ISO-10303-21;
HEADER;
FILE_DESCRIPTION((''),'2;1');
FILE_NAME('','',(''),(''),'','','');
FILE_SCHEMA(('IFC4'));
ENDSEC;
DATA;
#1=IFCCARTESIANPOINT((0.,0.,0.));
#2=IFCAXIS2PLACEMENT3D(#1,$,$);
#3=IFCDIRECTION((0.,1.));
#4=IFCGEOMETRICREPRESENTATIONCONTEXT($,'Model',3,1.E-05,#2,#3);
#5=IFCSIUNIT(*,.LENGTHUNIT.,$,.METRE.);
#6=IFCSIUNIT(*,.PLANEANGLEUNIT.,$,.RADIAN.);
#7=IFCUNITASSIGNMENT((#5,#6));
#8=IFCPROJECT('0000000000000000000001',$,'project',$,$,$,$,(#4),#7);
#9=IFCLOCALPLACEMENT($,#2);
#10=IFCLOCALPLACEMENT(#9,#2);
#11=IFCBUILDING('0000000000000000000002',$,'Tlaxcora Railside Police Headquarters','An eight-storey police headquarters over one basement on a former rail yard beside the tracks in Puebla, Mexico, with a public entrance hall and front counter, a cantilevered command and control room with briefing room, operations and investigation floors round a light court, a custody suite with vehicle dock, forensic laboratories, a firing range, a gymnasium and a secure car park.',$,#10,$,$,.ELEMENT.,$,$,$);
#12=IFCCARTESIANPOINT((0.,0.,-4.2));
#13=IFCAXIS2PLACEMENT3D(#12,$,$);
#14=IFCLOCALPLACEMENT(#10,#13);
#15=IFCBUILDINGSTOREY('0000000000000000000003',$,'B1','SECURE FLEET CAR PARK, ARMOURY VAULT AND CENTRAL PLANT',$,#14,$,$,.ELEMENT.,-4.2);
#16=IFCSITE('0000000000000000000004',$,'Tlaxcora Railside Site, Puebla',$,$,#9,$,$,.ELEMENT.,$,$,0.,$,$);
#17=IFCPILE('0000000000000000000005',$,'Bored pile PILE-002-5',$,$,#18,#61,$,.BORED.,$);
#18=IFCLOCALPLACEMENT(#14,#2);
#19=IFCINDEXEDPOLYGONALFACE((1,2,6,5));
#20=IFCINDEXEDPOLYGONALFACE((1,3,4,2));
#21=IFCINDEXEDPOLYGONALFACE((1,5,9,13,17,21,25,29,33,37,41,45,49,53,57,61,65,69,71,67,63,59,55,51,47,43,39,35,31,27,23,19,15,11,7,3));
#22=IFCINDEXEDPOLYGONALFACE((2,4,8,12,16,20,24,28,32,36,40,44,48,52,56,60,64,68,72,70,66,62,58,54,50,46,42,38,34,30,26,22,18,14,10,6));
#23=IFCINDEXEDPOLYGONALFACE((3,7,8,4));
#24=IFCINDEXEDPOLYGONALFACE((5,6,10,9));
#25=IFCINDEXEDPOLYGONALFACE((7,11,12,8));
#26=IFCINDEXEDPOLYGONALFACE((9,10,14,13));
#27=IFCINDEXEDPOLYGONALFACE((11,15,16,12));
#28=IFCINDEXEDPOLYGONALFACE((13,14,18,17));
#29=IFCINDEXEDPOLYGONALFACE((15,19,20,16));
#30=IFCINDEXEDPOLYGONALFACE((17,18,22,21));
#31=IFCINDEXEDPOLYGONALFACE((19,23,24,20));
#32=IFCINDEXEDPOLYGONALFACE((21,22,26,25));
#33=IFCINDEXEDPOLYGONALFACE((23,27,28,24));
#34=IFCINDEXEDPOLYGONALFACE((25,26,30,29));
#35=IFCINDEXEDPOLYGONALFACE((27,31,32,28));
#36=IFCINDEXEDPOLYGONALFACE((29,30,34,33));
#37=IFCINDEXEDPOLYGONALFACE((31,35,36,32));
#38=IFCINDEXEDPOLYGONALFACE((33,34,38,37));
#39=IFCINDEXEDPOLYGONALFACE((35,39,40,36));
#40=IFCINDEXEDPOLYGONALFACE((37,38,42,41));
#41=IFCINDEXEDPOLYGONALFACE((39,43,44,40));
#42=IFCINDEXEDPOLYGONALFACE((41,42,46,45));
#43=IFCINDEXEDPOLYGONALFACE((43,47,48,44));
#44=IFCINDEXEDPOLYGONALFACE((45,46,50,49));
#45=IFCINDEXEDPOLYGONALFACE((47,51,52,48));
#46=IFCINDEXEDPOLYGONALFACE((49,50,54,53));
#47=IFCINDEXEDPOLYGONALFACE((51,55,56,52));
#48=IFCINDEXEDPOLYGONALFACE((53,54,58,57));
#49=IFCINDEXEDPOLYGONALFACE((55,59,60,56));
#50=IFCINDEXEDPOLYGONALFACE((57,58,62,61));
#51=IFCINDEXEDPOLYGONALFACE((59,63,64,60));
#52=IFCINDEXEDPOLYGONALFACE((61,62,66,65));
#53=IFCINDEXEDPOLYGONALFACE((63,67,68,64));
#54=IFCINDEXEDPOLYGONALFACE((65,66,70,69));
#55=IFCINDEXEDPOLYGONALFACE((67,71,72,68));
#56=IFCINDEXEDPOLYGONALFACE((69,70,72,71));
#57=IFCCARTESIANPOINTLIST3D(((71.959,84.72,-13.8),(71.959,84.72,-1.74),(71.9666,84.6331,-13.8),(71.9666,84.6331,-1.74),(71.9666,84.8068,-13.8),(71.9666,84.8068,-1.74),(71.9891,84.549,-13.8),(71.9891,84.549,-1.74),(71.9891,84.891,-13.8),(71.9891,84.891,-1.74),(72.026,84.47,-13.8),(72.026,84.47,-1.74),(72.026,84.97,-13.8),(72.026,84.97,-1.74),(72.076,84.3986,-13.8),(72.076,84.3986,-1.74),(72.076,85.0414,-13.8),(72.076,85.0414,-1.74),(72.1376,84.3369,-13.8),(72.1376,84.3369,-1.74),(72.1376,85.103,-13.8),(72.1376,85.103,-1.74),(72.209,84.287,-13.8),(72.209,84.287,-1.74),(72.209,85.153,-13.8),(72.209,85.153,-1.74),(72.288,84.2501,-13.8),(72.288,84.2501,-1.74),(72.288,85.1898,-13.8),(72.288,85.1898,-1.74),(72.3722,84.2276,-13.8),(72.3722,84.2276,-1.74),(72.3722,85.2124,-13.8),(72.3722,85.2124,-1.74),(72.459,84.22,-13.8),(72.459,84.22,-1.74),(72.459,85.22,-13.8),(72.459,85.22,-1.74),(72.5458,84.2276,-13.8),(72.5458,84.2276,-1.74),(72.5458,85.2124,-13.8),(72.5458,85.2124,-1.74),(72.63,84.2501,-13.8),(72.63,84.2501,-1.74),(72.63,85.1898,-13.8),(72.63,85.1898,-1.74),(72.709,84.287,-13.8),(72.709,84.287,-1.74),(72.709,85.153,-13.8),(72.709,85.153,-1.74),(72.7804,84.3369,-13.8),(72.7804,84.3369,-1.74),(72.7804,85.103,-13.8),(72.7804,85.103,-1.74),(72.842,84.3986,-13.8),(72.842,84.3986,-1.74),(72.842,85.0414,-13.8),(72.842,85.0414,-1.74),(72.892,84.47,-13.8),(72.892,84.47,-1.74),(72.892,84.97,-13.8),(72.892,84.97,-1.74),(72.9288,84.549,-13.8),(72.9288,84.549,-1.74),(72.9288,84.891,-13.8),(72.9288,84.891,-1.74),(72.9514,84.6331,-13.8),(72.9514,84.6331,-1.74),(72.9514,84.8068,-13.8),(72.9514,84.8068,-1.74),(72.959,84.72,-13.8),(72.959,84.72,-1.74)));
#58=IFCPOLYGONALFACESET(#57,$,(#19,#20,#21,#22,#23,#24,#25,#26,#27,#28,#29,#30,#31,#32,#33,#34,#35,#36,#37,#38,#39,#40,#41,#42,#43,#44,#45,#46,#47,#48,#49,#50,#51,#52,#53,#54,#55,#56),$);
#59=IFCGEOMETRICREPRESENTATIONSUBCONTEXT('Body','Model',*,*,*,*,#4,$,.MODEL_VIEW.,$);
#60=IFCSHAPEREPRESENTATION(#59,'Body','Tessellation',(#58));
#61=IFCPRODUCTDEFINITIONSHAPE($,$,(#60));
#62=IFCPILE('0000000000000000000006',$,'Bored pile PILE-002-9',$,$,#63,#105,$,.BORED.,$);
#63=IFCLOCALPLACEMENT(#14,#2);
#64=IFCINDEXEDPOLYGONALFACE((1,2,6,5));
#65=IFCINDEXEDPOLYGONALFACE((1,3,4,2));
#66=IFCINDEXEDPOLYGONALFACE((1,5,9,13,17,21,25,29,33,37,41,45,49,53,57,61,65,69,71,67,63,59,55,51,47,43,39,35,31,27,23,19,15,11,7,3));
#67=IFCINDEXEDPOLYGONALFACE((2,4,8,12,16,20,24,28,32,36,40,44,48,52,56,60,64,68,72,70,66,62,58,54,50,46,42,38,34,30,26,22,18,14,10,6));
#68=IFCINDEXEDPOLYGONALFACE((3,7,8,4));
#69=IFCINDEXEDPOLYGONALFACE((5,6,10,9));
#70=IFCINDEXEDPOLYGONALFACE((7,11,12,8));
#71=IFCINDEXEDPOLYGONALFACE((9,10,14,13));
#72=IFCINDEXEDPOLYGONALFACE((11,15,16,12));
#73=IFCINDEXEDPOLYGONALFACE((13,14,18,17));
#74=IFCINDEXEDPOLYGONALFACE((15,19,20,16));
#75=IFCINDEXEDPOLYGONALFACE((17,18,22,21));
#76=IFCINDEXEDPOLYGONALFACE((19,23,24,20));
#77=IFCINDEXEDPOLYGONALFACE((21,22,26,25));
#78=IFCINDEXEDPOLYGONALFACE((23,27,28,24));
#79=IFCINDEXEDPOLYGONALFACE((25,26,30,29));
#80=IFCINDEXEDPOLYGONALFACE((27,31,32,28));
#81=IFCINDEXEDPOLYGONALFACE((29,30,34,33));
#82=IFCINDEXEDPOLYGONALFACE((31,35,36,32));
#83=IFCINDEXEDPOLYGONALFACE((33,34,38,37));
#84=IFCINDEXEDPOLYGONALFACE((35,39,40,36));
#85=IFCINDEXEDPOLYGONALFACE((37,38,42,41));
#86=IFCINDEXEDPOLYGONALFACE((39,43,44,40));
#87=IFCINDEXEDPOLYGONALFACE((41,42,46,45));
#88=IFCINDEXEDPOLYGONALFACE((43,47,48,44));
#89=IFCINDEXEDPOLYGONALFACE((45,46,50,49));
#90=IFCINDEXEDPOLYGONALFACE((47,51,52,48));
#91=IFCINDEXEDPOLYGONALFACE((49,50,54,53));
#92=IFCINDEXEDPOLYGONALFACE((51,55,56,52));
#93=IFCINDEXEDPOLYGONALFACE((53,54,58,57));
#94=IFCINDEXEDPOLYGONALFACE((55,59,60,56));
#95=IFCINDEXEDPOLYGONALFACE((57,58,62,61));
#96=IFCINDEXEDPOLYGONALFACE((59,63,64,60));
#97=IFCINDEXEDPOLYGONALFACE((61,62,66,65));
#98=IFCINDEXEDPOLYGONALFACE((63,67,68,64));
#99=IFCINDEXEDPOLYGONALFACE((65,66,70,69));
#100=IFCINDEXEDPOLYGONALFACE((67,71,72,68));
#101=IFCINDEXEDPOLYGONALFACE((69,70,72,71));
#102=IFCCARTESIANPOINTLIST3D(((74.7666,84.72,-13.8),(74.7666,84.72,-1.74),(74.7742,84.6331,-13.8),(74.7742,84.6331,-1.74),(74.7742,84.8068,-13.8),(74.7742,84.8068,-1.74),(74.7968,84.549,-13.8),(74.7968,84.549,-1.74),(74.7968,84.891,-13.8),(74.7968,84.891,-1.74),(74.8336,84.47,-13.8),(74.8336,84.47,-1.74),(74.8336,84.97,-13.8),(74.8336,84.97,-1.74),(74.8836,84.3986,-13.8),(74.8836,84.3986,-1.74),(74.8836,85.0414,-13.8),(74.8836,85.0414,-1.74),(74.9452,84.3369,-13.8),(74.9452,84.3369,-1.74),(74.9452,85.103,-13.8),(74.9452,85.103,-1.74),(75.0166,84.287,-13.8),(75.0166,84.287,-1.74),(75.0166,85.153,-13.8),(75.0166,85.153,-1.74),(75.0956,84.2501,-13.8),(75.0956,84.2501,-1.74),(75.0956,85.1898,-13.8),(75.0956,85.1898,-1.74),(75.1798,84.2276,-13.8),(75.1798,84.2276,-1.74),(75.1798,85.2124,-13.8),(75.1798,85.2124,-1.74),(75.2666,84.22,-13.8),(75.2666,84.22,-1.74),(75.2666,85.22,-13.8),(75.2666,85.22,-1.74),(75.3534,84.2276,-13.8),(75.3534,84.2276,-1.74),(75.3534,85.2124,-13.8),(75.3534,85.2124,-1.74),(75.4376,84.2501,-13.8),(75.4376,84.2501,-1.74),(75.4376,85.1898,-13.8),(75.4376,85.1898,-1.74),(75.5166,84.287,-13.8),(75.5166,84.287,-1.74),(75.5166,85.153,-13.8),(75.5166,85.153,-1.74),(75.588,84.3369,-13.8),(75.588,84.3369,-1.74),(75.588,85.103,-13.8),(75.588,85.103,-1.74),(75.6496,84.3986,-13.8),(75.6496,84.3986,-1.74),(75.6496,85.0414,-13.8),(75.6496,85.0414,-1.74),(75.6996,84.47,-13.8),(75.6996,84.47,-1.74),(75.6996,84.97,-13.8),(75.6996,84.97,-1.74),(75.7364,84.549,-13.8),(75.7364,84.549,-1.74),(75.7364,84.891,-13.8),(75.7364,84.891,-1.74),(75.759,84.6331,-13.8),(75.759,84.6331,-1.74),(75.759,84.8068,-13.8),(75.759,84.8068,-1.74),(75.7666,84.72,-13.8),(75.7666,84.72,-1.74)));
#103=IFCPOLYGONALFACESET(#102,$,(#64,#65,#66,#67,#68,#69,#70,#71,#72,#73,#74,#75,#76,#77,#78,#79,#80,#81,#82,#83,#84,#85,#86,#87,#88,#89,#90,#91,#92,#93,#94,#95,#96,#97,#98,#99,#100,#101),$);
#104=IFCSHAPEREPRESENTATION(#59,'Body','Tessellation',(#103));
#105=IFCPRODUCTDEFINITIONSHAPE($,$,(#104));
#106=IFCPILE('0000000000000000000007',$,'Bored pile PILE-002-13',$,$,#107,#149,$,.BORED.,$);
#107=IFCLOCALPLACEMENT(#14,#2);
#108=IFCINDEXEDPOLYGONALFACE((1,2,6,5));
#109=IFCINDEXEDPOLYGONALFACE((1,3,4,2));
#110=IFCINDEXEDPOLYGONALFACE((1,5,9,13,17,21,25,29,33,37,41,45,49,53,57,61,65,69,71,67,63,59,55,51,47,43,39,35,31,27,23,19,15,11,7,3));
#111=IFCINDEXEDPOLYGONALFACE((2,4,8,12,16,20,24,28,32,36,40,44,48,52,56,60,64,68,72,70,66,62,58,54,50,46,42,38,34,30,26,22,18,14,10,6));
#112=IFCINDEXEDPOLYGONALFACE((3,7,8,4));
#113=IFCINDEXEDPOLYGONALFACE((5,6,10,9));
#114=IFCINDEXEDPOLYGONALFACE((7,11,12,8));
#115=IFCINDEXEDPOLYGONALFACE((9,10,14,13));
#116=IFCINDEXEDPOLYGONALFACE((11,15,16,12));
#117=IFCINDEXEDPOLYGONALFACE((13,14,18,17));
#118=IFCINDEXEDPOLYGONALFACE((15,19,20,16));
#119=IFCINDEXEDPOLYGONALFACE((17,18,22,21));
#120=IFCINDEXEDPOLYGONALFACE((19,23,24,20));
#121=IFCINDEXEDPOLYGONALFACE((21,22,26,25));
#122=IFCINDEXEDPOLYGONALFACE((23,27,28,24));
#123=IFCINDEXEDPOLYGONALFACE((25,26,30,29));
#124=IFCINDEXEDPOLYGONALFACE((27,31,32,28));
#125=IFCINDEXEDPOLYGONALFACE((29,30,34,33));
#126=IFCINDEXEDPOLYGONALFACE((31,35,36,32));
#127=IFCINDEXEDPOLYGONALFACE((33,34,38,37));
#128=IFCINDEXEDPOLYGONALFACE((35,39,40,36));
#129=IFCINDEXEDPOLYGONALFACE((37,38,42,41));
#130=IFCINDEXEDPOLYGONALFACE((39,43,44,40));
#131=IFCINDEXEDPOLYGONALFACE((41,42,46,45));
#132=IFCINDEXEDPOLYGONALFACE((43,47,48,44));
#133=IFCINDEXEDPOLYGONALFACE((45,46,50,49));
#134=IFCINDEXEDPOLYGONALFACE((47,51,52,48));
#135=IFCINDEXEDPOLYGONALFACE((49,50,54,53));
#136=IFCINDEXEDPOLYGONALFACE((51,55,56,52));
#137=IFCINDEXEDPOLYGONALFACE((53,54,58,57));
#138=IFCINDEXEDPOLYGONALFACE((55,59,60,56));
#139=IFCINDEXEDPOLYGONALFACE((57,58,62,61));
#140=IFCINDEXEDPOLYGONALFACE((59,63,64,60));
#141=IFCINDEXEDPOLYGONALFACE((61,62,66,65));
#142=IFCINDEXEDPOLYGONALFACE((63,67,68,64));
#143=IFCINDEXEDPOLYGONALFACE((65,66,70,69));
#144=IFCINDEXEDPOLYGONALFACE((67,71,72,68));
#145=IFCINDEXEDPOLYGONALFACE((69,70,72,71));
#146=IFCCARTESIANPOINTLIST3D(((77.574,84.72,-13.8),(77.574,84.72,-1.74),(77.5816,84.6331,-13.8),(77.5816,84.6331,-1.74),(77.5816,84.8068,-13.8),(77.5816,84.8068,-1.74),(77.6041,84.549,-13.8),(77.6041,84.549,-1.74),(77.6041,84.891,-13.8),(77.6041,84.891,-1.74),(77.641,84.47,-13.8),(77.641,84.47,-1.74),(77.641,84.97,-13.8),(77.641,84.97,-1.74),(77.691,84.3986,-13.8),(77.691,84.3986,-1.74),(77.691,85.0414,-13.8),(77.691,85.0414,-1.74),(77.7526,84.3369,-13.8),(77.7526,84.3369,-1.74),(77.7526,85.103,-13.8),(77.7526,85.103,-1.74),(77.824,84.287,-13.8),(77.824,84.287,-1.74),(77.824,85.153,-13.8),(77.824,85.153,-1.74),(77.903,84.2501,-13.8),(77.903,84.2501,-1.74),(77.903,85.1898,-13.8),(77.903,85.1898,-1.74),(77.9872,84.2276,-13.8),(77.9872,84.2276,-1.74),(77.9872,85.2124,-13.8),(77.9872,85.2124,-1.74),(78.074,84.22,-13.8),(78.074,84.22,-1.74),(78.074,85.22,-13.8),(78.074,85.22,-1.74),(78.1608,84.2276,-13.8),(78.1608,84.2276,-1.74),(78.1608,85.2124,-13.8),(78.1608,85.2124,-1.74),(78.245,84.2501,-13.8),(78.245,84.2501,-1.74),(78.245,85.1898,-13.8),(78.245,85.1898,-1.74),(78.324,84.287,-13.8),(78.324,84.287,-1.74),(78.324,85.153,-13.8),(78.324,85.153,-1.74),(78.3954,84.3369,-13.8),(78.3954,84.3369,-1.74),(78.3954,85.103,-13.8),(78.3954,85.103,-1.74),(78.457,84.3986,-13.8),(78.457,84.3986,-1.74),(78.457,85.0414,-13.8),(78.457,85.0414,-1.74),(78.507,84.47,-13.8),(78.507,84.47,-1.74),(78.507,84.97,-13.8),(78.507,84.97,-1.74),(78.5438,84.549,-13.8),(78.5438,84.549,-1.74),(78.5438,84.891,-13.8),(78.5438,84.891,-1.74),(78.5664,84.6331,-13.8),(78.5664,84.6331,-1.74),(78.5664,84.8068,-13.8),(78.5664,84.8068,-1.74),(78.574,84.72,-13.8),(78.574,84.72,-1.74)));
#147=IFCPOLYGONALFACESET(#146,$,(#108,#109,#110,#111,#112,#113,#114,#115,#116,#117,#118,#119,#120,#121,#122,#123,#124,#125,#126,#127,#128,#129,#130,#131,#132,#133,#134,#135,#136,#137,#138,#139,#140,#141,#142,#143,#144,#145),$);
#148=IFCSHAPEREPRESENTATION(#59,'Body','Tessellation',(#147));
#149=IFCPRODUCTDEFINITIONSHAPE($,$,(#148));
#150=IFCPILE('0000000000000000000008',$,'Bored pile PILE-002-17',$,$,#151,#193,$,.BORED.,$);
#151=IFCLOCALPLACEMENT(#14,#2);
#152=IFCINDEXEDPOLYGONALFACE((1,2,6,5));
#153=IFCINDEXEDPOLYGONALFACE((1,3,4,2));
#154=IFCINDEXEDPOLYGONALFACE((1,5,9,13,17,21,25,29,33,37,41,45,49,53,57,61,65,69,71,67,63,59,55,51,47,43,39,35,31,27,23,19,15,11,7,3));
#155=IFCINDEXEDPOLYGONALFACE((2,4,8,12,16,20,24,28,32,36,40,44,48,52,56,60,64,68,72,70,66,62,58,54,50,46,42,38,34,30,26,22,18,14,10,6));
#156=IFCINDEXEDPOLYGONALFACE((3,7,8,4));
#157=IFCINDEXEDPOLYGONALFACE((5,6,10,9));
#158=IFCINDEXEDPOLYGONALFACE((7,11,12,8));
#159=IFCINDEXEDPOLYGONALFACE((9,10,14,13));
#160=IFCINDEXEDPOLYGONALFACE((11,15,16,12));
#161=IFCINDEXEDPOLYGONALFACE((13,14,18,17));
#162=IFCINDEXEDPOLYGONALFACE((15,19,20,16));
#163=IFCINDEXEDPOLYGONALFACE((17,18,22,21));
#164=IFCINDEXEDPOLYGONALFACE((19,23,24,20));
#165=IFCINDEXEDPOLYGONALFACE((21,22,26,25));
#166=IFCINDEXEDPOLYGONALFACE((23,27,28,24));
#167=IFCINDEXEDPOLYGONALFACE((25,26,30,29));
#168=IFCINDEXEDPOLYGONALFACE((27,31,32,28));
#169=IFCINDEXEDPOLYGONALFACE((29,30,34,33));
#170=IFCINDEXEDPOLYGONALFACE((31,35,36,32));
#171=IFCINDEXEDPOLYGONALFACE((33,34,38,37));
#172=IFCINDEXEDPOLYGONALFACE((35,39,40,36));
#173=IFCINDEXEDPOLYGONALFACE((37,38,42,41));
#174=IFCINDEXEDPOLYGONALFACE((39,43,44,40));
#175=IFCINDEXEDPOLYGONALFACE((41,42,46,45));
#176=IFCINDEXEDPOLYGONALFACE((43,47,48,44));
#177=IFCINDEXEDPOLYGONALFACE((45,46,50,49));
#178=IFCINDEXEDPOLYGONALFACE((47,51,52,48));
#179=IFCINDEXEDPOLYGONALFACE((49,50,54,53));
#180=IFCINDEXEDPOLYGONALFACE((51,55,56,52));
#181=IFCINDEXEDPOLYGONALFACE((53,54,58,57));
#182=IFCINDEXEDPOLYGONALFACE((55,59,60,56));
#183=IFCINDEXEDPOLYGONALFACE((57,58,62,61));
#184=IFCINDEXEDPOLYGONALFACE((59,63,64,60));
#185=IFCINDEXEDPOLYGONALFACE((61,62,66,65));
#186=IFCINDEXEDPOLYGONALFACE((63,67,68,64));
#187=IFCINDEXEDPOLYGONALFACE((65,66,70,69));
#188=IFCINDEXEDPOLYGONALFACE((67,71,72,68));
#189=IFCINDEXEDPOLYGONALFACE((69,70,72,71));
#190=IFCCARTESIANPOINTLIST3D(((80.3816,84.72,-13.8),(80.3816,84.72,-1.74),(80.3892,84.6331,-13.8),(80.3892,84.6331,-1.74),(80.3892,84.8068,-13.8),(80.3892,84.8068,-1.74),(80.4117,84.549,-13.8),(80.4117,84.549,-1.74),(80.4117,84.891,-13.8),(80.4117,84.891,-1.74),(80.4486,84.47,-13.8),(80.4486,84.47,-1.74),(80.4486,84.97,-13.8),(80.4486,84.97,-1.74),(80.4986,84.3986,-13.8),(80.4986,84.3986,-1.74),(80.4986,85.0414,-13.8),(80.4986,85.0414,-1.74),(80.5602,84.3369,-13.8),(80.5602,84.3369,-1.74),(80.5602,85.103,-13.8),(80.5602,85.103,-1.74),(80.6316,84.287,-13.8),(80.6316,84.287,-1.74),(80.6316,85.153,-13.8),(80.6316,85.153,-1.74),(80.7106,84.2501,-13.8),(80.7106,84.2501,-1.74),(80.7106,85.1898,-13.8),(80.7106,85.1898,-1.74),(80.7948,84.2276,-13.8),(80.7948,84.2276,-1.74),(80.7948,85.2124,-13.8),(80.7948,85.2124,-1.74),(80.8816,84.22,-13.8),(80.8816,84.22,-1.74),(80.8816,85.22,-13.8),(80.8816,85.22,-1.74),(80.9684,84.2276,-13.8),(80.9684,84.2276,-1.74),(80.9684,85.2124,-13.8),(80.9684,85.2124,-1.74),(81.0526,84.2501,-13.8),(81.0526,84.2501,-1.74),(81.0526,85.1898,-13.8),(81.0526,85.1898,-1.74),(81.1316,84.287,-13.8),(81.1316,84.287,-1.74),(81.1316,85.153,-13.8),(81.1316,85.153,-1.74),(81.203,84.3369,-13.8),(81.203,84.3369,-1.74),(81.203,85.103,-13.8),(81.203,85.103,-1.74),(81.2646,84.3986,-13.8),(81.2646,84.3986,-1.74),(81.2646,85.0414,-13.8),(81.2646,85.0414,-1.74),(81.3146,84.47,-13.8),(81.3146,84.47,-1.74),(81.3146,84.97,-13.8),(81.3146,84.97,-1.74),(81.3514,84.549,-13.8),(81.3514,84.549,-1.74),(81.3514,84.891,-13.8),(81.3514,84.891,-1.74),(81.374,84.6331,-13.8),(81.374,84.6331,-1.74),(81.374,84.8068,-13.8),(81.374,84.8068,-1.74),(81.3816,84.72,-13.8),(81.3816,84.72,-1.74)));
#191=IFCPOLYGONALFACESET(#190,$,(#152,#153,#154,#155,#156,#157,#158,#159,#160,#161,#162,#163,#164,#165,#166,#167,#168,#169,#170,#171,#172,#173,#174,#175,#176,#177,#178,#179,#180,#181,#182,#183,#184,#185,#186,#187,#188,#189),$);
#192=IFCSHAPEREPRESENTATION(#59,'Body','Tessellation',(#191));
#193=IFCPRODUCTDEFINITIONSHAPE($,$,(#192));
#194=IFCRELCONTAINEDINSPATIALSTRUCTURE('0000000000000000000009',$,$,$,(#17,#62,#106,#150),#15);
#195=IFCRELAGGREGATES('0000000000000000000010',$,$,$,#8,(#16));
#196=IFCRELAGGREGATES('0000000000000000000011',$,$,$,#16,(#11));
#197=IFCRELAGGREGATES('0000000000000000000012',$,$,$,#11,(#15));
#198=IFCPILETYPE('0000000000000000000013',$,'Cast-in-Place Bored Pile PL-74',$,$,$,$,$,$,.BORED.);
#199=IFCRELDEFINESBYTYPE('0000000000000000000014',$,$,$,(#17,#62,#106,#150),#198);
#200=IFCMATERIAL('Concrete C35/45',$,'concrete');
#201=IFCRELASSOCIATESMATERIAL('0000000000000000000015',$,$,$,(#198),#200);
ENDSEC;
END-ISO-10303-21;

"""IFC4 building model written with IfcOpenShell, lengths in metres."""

from ifc_helpers import new_model, si_unit, direction, frame, origin, origin_2d, place, context, subcontext, project, spatial, circle, extrude, material, material_profile, profile_set, type_object, element, save


model = new_model("IFC4")

# Units and contexts
model_context = context("Model", 3, precision=1e-05, world=origin(), true_north=direction((0.0, 1.0)))
body_context = subcontext(model_context, "Body", "Model", "MODEL_VIEW")
ifc_project = project(units=[si_unit("LENGTHUNIT", "METRE"), si_unit("PLANEANGLEUNIT", "RADIAN")], contexts=[model_context])

# Site, building, storey
site_placement = place(None, origin())
site = spatial("IfcSite", under=ifc_project, at=site_placement, Name="Tlaxcora Railside Site, Puebla", CompositionType="ELEMENT", RefElevation=0.0)
building_placement = place(site_placement, origin())
building = spatial("IfcBuilding", under=site, at=building_placement, Name="Tlaxcora Railside Police Headquarters", Description="An eight-storey police headquarters over one basement on a former rail yard beside the tracks in Puebla, Mexico, with a public entrance hall and front counter, a cantilevered command and control room with briefing room, operations and investigation floors round a light court, a custody suite with vehicle dock, forensic laboratories, a firing range, a gymnasium and a secure car park.", CompositionType="ELEMENT")
storey_placement = place(building_placement, frame((0.0, 0.0, -4.2)))
storey = spatial("IfcBuildingStorey", under=building, at=storey_placement, Name="B1", Description="SECURE FLEET CAR PARK, ARMOURY VAULT AND CENTRAL PLANT", CompositionType="ELEMENT", Elevation=-4.2)

# Piles
ifc_material_1 = material(Name="Concrete C35/45", Category="concrete")
ifc_material_profile_1 = material_profile(ifc_material_1, circle(Radius=0.5, at=origin_2d()), Name="PILE1000")
ifc_profile_set_1 = profile_set([ifc_material_profile_1], Name="Concrete C35/45")
pile_type = type_object("IfcPileType", Name="Cast-in-Place Bored Pile PL-74", PredefinedType="BORED", material=ifc_profile_set_1)
for number, where, z_axis, x_axis, name in (
    (1, (72.459, 84.72, -1.74), (0.0, 0.0, -1.0), (1.0, 0.0, 0.0), "Bored pile PILE-002-5"),
    (2, (75.2666, 84.72, -1.74), (0.0, 0.0, -1.0), (1.0, 0.0, 0.0), "Bored pile PILE-002-9"),
    (3, (78.074, 84.72, -1.74), (0.0, 0.0, -1.0), (1.0, 0.0, 0.0), "Bored pile PILE-002-13"),
    (4, (80.8816, 84.72, -1.74), (0.0, 0.0, -1.0), (1.0, 0.0, 0.0), "Bored pile PILE-002-17"),
):
    element("IfcPile", number, at=place(storey_placement, frame(where, z_axis=z_axis, x_axis=x_axis)), inside=storey, type_object=pile_type, Name=name, PredefinedType="BORED", context=body_context, shape_type="SweptSolid", body=[
        extrude(circle(Radius=0.5, at=origin_2d()), origin(), (0.0, 0.0, 1.0), 12.0601),
    ])

save(model, "model.ifc")
